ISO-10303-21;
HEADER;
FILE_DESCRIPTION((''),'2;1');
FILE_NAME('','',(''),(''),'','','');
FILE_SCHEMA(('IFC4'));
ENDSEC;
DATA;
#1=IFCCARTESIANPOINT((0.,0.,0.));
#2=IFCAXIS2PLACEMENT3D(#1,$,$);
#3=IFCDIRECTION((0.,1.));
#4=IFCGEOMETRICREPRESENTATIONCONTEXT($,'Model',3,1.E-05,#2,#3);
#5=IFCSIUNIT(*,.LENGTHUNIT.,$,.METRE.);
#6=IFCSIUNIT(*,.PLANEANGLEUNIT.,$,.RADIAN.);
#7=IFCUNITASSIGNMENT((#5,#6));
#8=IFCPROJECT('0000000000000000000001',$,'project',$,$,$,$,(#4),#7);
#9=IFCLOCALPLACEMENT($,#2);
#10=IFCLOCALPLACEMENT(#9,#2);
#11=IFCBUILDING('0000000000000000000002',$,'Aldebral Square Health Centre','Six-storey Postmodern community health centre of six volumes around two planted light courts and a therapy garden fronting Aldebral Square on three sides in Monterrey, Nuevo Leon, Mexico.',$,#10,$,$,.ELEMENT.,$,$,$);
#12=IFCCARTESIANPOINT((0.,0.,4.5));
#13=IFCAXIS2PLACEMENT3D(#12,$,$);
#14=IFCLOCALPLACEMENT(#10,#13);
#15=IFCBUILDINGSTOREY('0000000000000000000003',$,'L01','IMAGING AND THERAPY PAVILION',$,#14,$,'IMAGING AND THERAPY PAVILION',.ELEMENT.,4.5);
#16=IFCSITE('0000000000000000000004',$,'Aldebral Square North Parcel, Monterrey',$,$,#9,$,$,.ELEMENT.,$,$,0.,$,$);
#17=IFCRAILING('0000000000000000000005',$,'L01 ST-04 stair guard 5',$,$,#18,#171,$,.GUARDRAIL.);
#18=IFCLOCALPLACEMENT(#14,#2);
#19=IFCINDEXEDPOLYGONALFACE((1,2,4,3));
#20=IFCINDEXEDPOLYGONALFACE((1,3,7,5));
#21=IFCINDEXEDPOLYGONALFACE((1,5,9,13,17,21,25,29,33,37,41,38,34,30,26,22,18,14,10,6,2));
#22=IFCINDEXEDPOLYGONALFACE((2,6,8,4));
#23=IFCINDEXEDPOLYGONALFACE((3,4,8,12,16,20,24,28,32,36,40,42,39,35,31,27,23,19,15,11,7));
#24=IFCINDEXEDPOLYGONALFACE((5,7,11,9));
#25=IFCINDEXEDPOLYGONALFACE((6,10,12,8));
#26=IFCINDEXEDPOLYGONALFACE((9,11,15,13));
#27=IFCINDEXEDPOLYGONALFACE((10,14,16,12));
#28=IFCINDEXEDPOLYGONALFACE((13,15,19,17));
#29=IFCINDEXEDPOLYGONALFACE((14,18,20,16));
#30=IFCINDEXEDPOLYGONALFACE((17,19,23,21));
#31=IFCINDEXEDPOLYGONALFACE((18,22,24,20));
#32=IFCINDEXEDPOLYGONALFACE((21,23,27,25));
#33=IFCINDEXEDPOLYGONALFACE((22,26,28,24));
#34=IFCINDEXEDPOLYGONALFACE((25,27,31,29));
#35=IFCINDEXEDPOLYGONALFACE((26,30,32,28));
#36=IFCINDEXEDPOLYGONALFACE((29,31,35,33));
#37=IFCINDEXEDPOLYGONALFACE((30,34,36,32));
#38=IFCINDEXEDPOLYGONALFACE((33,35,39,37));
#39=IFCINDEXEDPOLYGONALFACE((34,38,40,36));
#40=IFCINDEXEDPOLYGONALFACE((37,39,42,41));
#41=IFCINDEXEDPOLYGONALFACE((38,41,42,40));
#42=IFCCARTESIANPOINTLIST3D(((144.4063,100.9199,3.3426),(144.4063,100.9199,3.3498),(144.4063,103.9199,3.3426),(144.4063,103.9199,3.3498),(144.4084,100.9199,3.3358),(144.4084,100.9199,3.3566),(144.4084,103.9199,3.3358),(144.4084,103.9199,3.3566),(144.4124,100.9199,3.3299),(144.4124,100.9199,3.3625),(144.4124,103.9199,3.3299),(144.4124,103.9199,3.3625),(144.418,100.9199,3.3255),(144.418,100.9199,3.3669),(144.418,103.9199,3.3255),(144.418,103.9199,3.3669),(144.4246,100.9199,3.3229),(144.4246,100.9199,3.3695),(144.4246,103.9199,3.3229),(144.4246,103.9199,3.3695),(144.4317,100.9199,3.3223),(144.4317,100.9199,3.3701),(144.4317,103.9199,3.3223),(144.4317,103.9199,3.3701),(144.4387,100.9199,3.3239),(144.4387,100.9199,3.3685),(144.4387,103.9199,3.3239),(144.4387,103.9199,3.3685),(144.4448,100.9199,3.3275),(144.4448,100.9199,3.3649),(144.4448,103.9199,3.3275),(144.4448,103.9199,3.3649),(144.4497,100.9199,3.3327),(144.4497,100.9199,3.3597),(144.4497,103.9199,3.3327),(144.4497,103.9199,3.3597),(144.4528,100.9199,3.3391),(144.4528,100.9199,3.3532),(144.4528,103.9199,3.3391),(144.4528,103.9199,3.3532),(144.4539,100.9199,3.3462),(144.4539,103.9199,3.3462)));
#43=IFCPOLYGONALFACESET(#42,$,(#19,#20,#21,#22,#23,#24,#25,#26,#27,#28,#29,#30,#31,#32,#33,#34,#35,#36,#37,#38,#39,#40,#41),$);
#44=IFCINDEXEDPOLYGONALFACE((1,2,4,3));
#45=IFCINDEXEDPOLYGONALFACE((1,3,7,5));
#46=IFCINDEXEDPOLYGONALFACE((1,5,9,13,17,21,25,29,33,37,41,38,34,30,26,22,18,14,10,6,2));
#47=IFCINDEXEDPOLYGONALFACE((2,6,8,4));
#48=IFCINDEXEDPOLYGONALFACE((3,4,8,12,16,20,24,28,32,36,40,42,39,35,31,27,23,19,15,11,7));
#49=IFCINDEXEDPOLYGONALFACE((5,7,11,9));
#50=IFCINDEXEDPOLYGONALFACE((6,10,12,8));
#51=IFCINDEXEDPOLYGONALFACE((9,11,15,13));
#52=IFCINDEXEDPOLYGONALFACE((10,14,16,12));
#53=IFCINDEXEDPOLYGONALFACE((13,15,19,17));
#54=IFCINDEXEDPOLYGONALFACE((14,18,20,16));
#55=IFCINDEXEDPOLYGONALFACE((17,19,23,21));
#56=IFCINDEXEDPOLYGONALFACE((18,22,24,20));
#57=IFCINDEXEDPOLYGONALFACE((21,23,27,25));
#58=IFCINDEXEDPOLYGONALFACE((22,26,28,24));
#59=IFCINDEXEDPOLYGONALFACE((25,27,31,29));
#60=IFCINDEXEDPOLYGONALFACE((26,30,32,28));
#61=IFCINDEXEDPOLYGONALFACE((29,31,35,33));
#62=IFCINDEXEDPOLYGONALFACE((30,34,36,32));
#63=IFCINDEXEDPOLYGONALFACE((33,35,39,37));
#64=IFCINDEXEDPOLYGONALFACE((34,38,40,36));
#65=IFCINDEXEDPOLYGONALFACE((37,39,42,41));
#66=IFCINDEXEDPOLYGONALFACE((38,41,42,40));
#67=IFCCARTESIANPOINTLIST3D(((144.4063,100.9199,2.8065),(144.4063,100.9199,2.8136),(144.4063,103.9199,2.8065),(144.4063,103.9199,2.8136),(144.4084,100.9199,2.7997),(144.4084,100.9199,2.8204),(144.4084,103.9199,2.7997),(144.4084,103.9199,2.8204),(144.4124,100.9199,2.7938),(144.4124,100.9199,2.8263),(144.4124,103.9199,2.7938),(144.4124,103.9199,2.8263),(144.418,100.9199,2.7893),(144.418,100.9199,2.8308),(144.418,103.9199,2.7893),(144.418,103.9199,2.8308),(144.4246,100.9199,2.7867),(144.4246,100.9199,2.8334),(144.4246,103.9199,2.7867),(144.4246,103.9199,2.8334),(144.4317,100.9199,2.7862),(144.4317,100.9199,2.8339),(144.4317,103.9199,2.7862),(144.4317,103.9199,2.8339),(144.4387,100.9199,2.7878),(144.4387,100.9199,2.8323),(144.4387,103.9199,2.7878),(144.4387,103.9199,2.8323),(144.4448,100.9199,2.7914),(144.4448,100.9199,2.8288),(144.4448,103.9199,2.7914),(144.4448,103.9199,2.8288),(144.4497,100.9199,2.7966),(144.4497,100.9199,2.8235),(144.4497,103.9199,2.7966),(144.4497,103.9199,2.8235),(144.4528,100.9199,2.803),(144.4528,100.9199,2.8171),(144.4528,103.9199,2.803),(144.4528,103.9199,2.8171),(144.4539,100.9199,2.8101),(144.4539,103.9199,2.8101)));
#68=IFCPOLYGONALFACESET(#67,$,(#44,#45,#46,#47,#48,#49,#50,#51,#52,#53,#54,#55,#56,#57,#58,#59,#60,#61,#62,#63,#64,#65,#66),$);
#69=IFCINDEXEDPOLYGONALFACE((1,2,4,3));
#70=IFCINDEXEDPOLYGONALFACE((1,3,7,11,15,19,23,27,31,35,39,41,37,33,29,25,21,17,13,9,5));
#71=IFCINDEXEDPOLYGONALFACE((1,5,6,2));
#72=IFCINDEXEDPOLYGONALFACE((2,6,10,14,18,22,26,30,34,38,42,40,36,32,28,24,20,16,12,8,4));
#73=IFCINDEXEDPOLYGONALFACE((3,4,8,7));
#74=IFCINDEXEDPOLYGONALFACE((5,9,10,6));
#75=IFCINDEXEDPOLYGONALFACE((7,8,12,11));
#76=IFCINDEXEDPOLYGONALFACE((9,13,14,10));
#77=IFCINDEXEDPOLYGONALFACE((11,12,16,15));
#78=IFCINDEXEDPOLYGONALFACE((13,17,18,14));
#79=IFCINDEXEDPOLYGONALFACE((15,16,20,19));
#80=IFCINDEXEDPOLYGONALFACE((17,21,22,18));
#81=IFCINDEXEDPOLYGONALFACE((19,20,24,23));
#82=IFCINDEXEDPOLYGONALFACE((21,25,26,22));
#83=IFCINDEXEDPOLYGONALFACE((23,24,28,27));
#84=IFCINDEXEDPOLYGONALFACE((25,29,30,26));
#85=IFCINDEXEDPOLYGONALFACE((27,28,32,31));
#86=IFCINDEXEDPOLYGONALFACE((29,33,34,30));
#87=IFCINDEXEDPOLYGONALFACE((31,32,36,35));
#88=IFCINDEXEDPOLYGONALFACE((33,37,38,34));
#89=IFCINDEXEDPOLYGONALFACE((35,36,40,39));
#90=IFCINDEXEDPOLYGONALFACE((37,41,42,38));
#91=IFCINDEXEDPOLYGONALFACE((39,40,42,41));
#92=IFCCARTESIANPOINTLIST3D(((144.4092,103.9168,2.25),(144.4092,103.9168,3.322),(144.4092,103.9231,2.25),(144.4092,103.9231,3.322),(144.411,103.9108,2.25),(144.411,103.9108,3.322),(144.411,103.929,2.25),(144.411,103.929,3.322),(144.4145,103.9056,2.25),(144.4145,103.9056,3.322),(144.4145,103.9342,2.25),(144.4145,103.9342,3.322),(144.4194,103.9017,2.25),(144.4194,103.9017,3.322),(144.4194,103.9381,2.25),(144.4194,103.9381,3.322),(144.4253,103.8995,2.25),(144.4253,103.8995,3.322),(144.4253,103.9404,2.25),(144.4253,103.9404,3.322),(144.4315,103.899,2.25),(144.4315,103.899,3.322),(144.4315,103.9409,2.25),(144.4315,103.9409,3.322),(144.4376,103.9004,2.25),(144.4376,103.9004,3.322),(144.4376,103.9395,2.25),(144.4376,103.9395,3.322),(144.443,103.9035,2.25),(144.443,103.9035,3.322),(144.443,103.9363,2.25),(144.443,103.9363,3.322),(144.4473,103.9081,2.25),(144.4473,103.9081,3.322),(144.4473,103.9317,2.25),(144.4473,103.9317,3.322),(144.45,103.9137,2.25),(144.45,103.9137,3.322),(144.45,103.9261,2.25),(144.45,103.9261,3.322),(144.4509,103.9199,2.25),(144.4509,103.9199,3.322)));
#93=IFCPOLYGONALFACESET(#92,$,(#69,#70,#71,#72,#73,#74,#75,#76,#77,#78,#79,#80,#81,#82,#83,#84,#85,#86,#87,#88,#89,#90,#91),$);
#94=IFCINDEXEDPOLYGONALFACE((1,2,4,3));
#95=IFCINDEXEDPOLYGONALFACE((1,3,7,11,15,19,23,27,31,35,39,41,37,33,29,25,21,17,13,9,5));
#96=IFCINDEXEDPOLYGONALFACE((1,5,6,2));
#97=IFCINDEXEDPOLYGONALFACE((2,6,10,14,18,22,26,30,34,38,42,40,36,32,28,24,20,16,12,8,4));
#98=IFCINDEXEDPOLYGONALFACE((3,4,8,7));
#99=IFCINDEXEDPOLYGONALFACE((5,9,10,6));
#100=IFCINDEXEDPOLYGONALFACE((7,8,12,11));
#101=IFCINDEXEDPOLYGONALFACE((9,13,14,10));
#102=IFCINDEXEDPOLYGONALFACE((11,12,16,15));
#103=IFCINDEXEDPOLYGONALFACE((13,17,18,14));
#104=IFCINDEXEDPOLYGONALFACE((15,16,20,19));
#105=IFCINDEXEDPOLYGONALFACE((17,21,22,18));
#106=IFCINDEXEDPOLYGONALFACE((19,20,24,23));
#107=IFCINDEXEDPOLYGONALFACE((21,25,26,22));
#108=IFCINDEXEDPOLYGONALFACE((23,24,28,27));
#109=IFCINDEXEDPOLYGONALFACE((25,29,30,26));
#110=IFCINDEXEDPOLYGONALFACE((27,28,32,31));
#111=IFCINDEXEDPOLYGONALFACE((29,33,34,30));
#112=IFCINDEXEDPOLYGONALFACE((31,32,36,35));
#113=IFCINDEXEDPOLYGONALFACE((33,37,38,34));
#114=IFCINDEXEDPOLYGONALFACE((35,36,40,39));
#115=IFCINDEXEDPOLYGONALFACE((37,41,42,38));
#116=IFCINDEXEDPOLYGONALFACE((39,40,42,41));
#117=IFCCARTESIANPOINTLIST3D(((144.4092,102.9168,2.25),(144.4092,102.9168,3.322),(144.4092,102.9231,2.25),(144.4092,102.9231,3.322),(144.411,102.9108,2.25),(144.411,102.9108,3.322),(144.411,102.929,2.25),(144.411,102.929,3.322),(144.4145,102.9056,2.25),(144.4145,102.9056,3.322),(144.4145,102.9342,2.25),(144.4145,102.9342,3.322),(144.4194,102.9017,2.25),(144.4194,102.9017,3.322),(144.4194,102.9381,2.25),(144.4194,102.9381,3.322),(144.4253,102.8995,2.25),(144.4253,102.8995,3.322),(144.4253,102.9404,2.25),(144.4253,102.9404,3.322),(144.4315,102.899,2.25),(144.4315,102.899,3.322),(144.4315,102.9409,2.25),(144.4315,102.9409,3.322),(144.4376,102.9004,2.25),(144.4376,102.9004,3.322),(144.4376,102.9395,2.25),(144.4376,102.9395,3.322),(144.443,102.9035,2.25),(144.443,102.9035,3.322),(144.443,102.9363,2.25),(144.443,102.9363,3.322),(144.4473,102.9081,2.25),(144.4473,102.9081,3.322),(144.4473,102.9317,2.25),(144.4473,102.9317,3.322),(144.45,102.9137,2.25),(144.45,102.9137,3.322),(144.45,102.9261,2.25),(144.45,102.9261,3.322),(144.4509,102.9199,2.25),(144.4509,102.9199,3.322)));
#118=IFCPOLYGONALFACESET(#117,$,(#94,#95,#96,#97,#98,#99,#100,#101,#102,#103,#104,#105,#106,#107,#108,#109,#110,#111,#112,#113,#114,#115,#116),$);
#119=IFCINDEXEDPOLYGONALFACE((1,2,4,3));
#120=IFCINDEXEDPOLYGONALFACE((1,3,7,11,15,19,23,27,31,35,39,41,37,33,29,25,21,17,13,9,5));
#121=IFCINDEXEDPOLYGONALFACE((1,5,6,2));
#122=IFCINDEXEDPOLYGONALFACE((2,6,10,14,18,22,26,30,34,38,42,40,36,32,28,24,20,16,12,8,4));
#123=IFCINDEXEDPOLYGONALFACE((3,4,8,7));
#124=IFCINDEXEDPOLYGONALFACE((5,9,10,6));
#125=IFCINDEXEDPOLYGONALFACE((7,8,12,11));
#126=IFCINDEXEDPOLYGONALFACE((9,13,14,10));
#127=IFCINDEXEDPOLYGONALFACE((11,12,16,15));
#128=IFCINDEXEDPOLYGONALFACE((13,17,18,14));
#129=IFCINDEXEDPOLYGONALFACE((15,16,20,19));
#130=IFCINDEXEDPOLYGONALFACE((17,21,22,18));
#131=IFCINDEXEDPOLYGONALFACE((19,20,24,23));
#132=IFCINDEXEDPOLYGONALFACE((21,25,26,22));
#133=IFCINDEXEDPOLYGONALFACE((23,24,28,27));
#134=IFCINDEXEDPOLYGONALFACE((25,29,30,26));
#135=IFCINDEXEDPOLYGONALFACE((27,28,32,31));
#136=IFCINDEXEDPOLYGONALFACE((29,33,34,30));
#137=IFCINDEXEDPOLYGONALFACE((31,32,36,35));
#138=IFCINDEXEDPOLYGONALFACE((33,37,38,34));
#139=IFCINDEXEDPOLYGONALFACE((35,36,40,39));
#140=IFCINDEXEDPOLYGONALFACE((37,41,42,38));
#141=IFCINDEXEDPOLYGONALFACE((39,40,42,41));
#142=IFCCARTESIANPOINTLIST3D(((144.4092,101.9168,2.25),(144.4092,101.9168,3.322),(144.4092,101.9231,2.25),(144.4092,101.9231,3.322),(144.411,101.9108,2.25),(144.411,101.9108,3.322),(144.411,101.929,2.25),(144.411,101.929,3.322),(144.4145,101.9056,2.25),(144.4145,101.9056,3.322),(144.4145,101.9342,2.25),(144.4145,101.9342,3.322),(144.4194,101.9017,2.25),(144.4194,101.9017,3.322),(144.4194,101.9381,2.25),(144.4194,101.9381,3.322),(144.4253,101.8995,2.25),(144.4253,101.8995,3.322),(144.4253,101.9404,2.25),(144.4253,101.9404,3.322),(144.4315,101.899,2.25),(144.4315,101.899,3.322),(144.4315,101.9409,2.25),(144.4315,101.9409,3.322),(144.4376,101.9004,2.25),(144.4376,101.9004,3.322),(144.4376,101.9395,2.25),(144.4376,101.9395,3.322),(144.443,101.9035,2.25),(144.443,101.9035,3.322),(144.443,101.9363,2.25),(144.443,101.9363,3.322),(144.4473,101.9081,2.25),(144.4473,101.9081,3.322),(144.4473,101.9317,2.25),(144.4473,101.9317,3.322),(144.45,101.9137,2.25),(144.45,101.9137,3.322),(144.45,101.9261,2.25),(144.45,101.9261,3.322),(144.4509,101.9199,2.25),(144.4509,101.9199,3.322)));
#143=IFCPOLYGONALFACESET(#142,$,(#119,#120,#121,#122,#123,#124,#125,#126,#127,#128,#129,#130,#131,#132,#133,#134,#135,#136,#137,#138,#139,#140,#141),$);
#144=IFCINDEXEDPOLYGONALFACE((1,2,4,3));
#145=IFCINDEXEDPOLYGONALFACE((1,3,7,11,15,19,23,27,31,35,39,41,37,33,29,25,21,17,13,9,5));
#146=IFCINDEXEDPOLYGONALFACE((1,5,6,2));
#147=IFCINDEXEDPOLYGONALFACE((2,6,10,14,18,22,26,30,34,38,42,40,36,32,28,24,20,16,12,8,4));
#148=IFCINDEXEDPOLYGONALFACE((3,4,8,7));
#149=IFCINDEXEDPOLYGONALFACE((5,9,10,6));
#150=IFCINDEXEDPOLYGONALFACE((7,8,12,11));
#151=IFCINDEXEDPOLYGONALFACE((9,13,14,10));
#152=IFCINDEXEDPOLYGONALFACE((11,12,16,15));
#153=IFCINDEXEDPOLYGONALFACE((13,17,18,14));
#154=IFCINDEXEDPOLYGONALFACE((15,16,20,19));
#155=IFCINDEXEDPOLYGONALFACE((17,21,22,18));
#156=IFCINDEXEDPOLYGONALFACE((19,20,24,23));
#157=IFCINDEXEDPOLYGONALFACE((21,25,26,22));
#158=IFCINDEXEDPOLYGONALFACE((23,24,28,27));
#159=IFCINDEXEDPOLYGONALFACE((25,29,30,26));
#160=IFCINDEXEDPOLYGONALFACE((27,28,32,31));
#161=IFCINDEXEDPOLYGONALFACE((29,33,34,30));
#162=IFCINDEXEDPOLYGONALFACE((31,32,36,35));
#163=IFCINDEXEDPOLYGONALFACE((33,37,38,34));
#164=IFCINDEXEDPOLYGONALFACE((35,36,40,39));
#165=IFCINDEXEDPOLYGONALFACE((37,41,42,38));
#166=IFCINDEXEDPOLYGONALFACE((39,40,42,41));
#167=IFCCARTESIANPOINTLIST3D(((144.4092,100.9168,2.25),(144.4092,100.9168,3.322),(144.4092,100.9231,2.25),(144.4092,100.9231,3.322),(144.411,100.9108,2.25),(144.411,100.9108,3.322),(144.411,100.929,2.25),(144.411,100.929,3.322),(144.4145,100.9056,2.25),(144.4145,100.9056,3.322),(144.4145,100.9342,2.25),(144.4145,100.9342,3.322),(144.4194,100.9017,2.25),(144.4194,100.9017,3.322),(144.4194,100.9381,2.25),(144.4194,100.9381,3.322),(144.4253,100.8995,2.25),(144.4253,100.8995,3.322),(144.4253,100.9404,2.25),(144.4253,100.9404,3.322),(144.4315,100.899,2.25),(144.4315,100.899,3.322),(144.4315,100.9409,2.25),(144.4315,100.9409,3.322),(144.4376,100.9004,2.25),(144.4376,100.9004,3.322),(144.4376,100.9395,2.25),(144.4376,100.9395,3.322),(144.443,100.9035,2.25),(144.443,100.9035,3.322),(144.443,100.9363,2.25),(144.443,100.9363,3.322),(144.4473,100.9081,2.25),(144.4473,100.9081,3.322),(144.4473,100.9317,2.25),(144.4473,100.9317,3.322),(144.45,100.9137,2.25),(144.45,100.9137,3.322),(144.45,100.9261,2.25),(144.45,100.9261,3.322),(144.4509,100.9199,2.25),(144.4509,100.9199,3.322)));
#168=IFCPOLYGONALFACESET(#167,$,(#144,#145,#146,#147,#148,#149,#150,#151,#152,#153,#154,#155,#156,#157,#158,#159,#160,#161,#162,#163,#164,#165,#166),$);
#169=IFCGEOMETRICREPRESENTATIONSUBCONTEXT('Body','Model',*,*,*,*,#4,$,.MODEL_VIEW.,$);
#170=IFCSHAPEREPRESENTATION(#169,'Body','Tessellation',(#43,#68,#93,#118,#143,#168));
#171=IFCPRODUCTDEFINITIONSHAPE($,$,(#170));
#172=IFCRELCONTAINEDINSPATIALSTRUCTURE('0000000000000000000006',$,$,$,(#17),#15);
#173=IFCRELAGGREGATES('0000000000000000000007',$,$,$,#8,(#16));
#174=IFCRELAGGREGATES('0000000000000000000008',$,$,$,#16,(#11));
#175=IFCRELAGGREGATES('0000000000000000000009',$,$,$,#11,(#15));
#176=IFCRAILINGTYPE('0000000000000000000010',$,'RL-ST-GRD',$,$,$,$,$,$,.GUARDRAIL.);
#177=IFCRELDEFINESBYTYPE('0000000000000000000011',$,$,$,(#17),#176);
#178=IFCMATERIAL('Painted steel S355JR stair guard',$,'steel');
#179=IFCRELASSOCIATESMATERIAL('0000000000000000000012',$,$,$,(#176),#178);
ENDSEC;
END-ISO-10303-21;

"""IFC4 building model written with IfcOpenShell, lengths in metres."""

from ifc_helpers import new_model, si_unit, direction, frame, origin, origin_2d, place, context, subcontext, project, spatial, circle, extrude, material, type_object, element, save


model = new_model("IFC4")

# Units and contexts
model_context = context("Model", 3, precision=1e-05, world=origin(), true_north=direction((0.0, 1.0)))
body_context = subcontext(model_context, "Body", "Model", "MODEL_VIEW")
ifc_project = project(units=[si_unit("LENGTHUNIT", "METRE"), si_unit("PLANEANGLEUNIT", "RADIAN")], contexts=[model_context])

# Site, building, storey
site_placement = place(None, origin())
site = spatial("IfcSite", under=ifc_project, at=site_placement, Name="Aldebral Square North Parcel, Monterrey", CompositionType="ELEMENT", RefElevation=0.0)
building_placement = place(site_placement, origin())
building = spatial("IfcBuilding", under=site, at=building_placement, Name="Aldebral Square Health Centre", Description="Six-storey Postmodern community health centre of six volumes around two planted light courts and a therapy garden fronting Aldebral Square on three sides in Monterrey, Nuevo Leon, Mexico.", CompositionType="ELEMENT")
storey_placement = place(building_placement, frame((0.0, 0.0, 4.5)))
storey = spatial("IfcBuildingStorey", under=building, at=storey_placement, Name="L01", Description="IMAGING AND THERAPY PAVILION", LongName="IMAGING AND THERAPY PAVILION", CompositionType="ELEMENT", Elevation=4.5)

# Railing
ifc_material_1 = material(Name="Painted steel S355JR stair guard", Category="steel")
railing_type = type_object("IfcRailingType", Name="RL-ST-GRD", PredefinedType="GUARDRAIL", material=ifc_material_1)
railing_1_placement = place(storey_placement, frame((144.4299, 103.9199, 2.25)))
element("IfcRailing", 1, at=railing_1_placement, inside=storey, type_object=railing_type, Name="L01 ST-04 stair guard 5", PredefinedType="GUARDRAIL", context=body_context, shape_type="SweptSolid", body=[
    extrude(circle(Radius=0.0239, at=origin_2d()), frame((0.0, 0.0, 1.0962), z_axis=(0.0, -1.0, 0.0), x_axis=(1.0, 0.0, 0.0)), (0.0, 0.0, 1.0), 3.0),
    extrude(circle(Radius=0.0239, at=origin_2d()), frame((0.0, 0.0, 0.5601), z_axis=(0.0, -1.0, 0.0), x_axis=(1.0, 0.0, 0.0)), (0.0, 0.0, 1.0), 3.0),
    extrude(circle(Radius=0.021, at=origin_2d()), origin(), (0.0, 0.0, 1.0), 1.072),
    extrude(circle(Radius=0.021, at=origin_2d()), frame((0.0, -1.0, 0.0)), (0.0, 0.0, 1.0), 1.072),
    extrude(circle(Radius=0.021, at=origin_2d()), frame((0.0, -2.0, 0.0)), (0.0, 0.0, 1.0), 1.072),
    extrude(circle(Radius=0.021, at=origin_2d()), frame((0.0, -3.0, 0.0)), (0.0, 0.0, 1.0), 1.072),
])

save(model, "model.ifc")
